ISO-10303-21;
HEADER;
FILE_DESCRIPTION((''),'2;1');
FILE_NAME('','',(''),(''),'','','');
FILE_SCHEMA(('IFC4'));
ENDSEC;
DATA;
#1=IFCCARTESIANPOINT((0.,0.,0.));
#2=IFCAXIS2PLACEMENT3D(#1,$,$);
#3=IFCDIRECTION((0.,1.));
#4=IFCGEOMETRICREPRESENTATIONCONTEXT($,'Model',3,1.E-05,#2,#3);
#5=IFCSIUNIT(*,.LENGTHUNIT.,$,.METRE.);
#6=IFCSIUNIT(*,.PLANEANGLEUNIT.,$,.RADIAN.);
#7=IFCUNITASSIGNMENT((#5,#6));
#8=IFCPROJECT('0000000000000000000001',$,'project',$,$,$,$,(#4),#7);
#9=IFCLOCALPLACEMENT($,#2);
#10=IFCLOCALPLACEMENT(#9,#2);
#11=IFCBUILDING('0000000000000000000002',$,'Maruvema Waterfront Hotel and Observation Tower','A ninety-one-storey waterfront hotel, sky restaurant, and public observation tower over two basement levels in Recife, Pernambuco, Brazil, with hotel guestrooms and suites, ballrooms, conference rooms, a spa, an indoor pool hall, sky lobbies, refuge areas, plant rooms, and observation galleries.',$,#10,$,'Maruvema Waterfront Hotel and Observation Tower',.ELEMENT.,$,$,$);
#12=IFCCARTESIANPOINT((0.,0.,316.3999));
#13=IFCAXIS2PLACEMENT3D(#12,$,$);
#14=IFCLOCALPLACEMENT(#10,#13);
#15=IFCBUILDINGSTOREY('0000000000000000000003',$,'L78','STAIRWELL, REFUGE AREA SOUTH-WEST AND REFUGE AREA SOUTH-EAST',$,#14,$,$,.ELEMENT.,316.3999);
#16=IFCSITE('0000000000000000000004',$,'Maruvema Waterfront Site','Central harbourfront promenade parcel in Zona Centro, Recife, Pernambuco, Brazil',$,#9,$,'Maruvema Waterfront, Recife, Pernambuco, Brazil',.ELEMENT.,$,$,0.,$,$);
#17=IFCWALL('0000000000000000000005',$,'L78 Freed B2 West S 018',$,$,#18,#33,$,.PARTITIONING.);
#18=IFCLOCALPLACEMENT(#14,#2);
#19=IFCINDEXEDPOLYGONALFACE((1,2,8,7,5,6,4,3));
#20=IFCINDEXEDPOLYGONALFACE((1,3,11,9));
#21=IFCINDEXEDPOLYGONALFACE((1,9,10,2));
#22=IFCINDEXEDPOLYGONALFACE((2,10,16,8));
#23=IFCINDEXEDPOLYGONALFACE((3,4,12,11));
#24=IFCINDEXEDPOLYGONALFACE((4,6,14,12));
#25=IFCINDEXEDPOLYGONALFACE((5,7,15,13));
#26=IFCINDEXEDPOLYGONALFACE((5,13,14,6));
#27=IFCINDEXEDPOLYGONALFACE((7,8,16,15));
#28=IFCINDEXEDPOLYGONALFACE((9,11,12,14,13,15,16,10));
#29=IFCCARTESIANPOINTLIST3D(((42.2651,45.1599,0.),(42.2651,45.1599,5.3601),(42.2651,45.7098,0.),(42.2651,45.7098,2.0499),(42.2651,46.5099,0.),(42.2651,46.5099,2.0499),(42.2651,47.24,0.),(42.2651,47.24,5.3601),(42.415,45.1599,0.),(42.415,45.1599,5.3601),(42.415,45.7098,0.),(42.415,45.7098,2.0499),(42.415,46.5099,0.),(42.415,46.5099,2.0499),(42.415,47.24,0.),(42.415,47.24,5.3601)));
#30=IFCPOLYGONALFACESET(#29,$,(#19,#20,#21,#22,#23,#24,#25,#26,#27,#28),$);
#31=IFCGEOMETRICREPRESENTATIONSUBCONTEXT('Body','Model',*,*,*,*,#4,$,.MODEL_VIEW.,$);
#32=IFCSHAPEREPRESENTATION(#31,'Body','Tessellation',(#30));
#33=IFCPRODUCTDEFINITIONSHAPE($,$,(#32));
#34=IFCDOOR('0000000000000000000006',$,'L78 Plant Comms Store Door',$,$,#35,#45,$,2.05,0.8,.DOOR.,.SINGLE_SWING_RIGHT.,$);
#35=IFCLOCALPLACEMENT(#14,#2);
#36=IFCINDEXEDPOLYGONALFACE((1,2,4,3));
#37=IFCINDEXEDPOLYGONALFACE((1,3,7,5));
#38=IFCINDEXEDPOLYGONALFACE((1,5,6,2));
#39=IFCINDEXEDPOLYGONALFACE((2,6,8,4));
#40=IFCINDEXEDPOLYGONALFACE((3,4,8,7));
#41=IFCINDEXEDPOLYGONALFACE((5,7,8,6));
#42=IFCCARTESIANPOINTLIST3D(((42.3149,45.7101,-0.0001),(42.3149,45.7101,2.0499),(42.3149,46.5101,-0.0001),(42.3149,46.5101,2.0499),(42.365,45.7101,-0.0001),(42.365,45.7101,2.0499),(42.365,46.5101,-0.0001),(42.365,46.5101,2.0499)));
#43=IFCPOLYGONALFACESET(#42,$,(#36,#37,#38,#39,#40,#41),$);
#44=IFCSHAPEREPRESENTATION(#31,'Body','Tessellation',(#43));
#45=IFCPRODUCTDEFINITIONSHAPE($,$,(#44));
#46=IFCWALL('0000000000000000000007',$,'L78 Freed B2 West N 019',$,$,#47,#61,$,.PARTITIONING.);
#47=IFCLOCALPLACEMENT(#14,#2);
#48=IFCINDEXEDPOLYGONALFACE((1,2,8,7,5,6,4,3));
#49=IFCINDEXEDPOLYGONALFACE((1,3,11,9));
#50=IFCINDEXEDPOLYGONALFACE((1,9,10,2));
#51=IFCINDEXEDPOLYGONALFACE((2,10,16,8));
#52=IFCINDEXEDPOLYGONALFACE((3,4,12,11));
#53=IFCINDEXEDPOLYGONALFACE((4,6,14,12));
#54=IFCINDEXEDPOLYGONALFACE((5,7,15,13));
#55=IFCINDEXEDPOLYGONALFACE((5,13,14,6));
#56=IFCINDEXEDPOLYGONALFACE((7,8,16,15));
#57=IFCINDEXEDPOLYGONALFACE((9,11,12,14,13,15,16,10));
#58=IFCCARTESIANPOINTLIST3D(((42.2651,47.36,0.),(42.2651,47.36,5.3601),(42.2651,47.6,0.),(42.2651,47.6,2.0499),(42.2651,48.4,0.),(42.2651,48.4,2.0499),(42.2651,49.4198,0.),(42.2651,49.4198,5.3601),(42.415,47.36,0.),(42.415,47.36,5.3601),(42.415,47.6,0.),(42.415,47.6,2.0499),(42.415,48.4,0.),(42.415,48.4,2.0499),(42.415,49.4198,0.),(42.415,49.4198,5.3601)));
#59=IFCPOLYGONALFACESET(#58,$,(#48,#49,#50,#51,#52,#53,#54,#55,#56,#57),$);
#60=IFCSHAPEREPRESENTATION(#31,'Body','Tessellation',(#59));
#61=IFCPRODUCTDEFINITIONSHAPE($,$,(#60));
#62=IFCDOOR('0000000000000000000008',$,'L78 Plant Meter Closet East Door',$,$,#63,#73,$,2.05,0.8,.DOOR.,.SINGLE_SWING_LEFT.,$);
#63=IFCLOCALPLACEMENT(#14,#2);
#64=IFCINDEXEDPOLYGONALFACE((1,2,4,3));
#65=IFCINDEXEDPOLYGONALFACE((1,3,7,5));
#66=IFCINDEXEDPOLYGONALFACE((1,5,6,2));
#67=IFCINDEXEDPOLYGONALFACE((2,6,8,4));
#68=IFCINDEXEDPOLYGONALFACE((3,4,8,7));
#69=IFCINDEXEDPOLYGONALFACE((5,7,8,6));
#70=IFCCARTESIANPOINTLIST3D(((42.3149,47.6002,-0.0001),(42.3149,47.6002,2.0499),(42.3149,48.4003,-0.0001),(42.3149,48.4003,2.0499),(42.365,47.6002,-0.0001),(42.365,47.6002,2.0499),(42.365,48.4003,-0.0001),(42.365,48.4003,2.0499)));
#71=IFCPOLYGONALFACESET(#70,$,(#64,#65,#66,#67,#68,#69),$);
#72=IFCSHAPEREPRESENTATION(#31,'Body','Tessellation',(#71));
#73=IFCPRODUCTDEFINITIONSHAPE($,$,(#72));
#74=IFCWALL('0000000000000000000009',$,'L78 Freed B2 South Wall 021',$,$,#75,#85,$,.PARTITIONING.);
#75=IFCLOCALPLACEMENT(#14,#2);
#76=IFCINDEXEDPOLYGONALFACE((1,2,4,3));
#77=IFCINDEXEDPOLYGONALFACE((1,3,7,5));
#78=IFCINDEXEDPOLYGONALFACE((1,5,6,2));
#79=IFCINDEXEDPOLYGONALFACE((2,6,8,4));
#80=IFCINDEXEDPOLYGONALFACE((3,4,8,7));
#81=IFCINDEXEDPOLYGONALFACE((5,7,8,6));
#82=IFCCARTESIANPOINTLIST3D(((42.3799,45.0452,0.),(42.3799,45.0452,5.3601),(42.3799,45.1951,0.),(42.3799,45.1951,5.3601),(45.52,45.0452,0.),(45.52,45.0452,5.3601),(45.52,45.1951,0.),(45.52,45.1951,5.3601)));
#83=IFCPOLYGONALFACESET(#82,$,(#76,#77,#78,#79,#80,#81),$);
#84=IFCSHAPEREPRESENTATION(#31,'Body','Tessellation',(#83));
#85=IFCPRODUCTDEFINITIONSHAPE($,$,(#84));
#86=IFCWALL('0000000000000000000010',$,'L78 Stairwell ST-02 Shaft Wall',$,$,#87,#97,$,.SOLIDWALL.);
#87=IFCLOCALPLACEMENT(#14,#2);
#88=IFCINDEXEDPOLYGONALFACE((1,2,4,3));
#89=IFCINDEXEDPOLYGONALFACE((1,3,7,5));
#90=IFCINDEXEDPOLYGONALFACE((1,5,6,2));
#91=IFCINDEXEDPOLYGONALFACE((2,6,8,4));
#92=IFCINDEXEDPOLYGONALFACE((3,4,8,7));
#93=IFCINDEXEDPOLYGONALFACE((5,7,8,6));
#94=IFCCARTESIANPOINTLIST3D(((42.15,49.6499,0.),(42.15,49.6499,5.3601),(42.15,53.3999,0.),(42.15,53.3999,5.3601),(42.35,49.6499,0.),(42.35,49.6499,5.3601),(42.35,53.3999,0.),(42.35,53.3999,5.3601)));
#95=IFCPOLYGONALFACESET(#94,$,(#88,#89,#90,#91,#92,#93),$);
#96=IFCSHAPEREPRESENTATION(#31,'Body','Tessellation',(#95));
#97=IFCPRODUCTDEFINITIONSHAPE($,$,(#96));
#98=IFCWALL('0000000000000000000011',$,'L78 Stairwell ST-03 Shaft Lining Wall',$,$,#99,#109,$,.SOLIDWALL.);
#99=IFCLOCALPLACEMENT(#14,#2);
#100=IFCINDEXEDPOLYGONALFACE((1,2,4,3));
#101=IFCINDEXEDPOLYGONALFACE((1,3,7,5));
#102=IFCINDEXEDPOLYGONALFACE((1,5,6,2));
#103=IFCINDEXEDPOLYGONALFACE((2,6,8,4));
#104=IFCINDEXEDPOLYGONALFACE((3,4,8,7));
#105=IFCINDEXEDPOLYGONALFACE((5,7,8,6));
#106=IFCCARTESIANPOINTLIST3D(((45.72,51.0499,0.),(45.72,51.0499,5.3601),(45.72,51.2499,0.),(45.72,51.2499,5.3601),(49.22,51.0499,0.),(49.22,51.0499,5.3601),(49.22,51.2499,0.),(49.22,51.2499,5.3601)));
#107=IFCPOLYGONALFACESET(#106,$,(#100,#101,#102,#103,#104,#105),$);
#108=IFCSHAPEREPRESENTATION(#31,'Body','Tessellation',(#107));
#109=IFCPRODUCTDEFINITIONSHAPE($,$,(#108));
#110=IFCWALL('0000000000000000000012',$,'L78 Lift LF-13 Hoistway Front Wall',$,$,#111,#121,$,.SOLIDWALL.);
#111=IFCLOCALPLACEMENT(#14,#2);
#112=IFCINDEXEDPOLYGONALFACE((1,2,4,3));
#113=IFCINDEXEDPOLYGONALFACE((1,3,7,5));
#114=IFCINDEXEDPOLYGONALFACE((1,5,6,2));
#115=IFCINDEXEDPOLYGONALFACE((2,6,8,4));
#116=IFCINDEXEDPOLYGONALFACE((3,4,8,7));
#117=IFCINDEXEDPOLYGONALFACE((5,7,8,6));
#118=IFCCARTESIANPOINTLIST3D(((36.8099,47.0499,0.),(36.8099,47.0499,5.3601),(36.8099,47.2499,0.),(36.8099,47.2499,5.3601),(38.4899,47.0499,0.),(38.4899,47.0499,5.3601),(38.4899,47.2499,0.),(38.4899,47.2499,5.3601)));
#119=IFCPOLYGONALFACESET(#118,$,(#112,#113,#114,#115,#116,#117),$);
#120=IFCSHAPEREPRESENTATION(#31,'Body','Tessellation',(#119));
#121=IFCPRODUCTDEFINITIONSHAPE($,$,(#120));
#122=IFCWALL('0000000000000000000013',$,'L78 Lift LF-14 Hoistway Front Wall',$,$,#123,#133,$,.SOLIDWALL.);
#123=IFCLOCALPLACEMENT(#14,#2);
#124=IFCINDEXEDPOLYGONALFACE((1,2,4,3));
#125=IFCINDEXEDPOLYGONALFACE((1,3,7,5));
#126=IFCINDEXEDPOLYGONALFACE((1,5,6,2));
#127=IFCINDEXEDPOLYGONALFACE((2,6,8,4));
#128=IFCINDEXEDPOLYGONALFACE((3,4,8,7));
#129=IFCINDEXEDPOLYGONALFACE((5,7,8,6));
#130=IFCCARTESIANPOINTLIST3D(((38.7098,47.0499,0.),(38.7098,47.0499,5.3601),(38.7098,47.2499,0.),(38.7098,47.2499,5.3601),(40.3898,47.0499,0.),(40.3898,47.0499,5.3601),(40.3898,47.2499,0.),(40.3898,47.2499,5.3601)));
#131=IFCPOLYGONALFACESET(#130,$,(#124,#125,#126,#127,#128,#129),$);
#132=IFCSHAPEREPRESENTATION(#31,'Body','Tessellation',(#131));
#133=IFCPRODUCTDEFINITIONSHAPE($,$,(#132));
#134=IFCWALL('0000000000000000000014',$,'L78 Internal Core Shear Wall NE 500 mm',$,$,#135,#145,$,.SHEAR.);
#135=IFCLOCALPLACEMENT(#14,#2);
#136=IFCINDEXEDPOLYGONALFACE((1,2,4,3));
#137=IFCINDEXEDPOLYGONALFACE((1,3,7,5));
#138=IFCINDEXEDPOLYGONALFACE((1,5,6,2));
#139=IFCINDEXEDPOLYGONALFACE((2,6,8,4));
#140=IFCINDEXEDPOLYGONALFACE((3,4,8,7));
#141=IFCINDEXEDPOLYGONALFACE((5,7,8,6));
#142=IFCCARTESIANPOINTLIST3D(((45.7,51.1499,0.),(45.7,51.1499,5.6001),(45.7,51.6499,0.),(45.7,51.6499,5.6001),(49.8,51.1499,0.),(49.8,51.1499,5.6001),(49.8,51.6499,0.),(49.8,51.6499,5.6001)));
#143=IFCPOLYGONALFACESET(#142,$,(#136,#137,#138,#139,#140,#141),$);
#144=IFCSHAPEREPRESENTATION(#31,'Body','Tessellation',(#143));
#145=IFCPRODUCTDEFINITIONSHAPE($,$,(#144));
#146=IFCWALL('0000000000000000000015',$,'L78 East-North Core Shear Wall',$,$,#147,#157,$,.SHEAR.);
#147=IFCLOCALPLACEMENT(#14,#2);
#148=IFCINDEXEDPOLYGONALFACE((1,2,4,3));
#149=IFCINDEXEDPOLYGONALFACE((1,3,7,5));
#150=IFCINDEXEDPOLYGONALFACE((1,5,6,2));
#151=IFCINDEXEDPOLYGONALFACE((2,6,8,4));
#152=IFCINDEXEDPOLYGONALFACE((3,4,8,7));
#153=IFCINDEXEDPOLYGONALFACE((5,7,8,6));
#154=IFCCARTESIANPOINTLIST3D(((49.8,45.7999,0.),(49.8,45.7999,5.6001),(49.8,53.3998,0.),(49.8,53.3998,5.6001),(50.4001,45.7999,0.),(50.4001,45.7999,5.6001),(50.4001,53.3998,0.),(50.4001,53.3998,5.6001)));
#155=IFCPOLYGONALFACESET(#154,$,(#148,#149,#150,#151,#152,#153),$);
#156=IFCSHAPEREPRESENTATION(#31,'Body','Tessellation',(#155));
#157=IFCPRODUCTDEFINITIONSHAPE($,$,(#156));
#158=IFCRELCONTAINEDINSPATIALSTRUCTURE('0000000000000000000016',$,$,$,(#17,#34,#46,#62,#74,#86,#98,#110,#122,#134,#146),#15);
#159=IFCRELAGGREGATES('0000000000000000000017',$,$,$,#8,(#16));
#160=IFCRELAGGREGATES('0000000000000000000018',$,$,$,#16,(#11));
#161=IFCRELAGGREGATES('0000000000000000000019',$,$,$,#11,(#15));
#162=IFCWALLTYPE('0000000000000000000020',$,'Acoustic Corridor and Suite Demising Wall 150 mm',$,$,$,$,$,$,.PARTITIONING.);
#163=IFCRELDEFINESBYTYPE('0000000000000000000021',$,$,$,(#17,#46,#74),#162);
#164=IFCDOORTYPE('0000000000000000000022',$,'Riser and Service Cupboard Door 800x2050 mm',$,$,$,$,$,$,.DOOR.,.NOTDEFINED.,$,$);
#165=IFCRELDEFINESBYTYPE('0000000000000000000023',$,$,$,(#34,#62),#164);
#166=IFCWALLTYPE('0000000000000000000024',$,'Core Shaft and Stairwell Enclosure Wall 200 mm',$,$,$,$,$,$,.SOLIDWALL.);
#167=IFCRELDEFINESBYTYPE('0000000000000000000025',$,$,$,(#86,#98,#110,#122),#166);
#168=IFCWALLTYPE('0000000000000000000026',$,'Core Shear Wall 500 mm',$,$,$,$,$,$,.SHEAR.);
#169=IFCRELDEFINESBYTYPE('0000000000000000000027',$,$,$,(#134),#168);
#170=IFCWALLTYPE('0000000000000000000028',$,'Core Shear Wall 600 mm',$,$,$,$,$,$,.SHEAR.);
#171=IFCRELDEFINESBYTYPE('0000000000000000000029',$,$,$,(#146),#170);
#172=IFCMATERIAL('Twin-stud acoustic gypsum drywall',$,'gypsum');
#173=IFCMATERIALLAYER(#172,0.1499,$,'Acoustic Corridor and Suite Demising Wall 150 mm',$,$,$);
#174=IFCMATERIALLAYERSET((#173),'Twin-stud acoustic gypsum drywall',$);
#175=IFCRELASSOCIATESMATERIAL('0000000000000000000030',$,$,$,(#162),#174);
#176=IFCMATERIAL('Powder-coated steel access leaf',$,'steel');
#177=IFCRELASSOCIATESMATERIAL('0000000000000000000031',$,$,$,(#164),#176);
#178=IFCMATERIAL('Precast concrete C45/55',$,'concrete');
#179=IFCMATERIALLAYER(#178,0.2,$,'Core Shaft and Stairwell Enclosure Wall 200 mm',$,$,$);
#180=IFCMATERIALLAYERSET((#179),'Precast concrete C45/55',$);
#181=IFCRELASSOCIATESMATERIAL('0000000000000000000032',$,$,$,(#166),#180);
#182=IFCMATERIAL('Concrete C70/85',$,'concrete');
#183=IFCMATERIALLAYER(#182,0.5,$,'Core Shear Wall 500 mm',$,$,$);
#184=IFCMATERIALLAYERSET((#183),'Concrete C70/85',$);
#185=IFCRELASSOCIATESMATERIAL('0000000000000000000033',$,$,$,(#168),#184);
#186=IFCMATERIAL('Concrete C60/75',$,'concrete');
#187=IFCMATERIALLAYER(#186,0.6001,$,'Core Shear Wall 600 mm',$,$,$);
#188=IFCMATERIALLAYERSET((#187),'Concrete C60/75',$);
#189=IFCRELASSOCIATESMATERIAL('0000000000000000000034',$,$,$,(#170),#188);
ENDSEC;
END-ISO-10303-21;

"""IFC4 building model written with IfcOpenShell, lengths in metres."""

from ifc_helpers import new_model, si_unit, direction, frame, frame_2d, origin, place, context, subcontext, project, spatial, rectangle, extrude, material, layer, layer_set, type_object, element, fill, save


model = new_model("IFC4")

# Units and contexts
model_context = context("Model", 3, precision=1e-05, world=origin(), true_north=direction((0.0, 1.0)))
body_context = subcontext(model_context, "Body", "Model", "MODEL_VIEW")
ifc_project = project(units=[si_unit("LENGTHUNIT", "METRE"), si_unit("PLANEANGLEUNIT", "RADIAN")], contexts=[model_context])

# Site, building, storey
site_placement = place(None, origin())
site = spatial("IfcSite", under=ifc_project, at=site_placement, Name="Maruvema Waterfront Site", Description="Central harbourfront promenade parcel in Zona Centro, Recife, Pernambuco, Brazil", LongName="Maruvema Waterfront, Recife, Pernambuco, Brazil", CompositionType="ELEMENT", RefElevation=0.0)
building_placement = place(site_placement, origin())
building = spatial("IfcBuilding", under=site, at=building_placement, Name="Maruvema Waterfront Hotel and Observation Tower", Description="A ninety-one-storey waterfront hotel, sky restaurant, and public observation tower over two basement levels in Recife, Pernambuco, Brazil, with hotel guestrooms and suites, ballrooms, conference rooms, a spa, an indoor pool hall, sky lobbies, refuge areas, plant rooms, and observation galleries.", LongName="Maruvema Waterfront Hotel and Observation Tower", CompositionType="ELEMENT")
storey_placement = place(building_placement, frame((0.0, 0.0, 316.3999)))
storey = spatial("IfcBuildingStorey", under=building, at=storey_placement, Name="L78", Description="STAIRWELL, REFUGE AREA SOUTH-WEST AND REFUGE AREA SOUTH-EAST", CompositionType="ELEMENT", Elevation=316.3999)

# Walls, openings, doors
ifc_material_1 = material(Name="Twin-stud acoustic gypsum drywall", Category="gypsum")
ifc_layer_1 = layer(ifc_material_1, 0.1499, Name="Acoustic Corridor and Suite Demising Wall 150 mm")
ifc_layer_set_1 = layer_set([ifc_layer_1], Name="Twin-stud acoustic gypsum drywall")
wall_type_1 = type_object("IfcWallType", Name="Acoustic Corridor and Suite Demising Wall 150 mm", PredefinedType="PARTITIONING", material=ifc_layer_set_1)
wall_1_placement = place(storey_placement, frame((42.3401, 45.1599, 0.0), z_axis=(0.0, 0.0, 1.0), x_axis=(0.0, 1.0, 0.0)))
wall_1 = element("IfcWall", 1, at=wall_1_placement, inside=storey, type_object=wall_type_1, Name="L78 Freed B2 West S 018", PredefinedType="PARTITIONING", context=body_context, shape_type="SweptSolid", body=[
    extrude(rectangle(XDim=2.0801, YDim=0.1499, at=frame_2d((1.04, 0.0))), origin(), (0.0, 0.0, 1.0), 5.3601),
])
opening_1_placement = place(wall_1_placement, frame((0.55, 0.0, 0.0)))
opening_1 = element("IfcOpeningElement", 2, at=opening_1_placement, cuts=wall_1, PredefinedType="OPENING", context=body_context, shape_type="SweptSolid", body=[
    extrude(rectangle(XDim=0.8, YDim=2.05, at=frame_2d((0.3999, 1.0249))), frame((0.0, 0.085, 0.0), z_axis=(0.0, -1.0, 0.0), x_axis=(1.0, 0.0, 0.0)), (0.0, 0.0, 1.0), 0.1699),
])
ifc_material_2 = material(Name="Powder-coated steel access leaf", Category="steel")
door_type = type_object("IfcDoorType", Name="Riser and Service Cupboard Door 800x2050 mm", OperationType="NOTDEFINED", PredefinedType="DOOR", material=ifc_material_2)
door_1_placement = place(opening_1_placement, frame((0.8, 0.0, 0.0), z_axis=(0.0, 0.0, 1.0), x_axis=(-1.0, 0.0, 0.0)))
door_1 = element("IfcDoor", 3, at=door_1_placement, inside=storey, type_object=door_type, Name="L78 Plant Comms Store Door", OperationType="SINGLE_SWING_RIGHT", OverallHeight=2.05, OverallWidth=0.8, PredefinedType="DOOR", context=body_context, shape_type="SweptSolid", body=[
    extrude(rectangle(XDim=0.8, YDim=2.05, at=frame_2d((0.3999, 1.0249))), frame((0.0, 0.0249, 0.0), z_axis=(0.0, -1.0, 0.0), x_axis=(1.0, 0.0, 0.0)), (0.0, 0.0, 1.0), 0.05),
])
fill(opening_1, door_1)
wall_2_placement = place(storey_placement, frame((42.3401, 47.3601, 0.0), z_axis=(0.0, 0.0, 1.0), x_axis=(0.0, 1.0, 0.0)))
wall_2 = element("IfcWall", 4, at=wall_2_placement, inside=storey, type_object=wall_type_1, Name="L78 Freed B2 West N 019", PredefinedType="PARTITIONING", context=body_context, shape_type="SweptSolid", body=[
    extrude(rectangle(XDim=2.0598, YDim=0.1499, at=frame_2d((1.0298, 0.0))), origin(), (0.0, 0.0, 1.0), 5.3601),
])
opening_2_placement = place(wall_2_placement, frame((0.24, 0.0, 0.0)))
opening_2 = element("IfcOpeningElement", 5, at=opening_2_placement, cuts=wall_2, PredefinedType="OPENING", context=body_context, shape_type="SweptSolid", body=[
    extrude(rectangle(XDim=0.8, YDim=2.05, at=frame_2d((0.3999, 1.0249))), frame((0.0, 0.085, 0.0), z_axis=(0.0, -1.0, 0.0), x_axis=(1.0, 0.0, 0.0)), (0.0, 0.0, 1.0), 0.1699),
])
door_2_placement = place(opening_2_placement, frame((0.8, 0.0, 0.0), z_axis=(0.0, 0.0, 1.0), x_axis=(-1.0, 0.0, 0.0)))
door_2 = element("IfcDoor", 6, at=door_2_placement, inside=storey, type_object=door_type, Name="L78 Plant Meter Closet East Door", OperationType="SINGLE_SWING_LEFT", OverallHeight=2.05, OverallWidth=0.8, PredefinedType="DOOR", context=body_context, shape_type="SweptSolid", body=[
    extrude(rectangle(XDim=0.8, YDim=2.05, at=frame_2d((0.3999, 1.0249))), frame((0.0, 0.0249, 0.0), z_axis=(0.0, -1.0, 0.0), x_axis=(1.0, 0.0, 0.0)), (0.0, 0.0, 1.0), 0.05),
])
fill(opening_2, door_2)

# Walls
wall_3_placement = place(storey_placement, frame((42.3799, 45.1201, 0.0), z_axis=(0.0, 0.0, 1.0), x_axis=(1.0, 0.0, 0.0)))
element("IfcWall", 7, at=wall_3_placement, inside=storey, type_object=wall_type_1, Name="L78 Freed B2 South Wall 021", PredefinedType="PARTITIONING", context=body_context, shape_type="SweptSolid", body=[
    extrude(rectangle(XDim=3.1401, YDim=0.1499, at=frame_2d((1.5701, 0.0))), origin(), (0.0, 0.0, 1.0), 5.3601),
])
ifc_material_3 = material(Name="Precast concrete C45/55", Category="concrete")
ifc_layer_2 = layer(ifc_material_3, 0.2, Name="Core Shaft and Stairwell Enclosure Wall 200 mm")
ifc_layer_set_2 = layer_set([ifc_layer_2], Name="Precast concrete C45/55")
wall_type_2 = type_object("IfcWallType", Name="Core Shaft and Stairwell Enclosure Wall 200 mm", PredefinedType="SOLIDWALL", material=ifc_layer_set_2)
wall_4_placement = place(storey_placement, frame((42.25, 49.6499, 0.0), z_axis=(0.0, 0.0, 1.0), x_axis=(0.0, 1.0, 0.0)))
element("IfcWall", 8, at=wall_4_placement, inside=storey, type_object=wall_type_2, Name="L78 Stairwell ST-02 Shaft Wall", PredefinedType="SOLIDWALL", context=body_context, shape_type="SweptSolid", body=[
    extrude(rectangle(XDim=3.75, YDim=0.2, at=frame_2d((1.875, 0.0))), origin(), (0.0, 0.0, 1.0), 5.3601),
])
wall_5_placement = place(storey_placement, frame((45.72, 51.1499, 0.0), z_axis=(0.0, 0.0, 1.0), x_axis=(1.0, 0.0, 0.0)))
element("IfcWall", 9, at=wall_5_placement, inside=storey, type_object=wall_type_2, Name="L78 Stairwell ST-03 Shaft Lining Wall", PredefinedType="SOLIDWALL", context=body_context, shape_type="SweptSolid", body=[
    extrude(rectangle(XDim=3.5, YDim=0.2, at=frame_2d((1.75, 0.0))), origin(), (0.0, 0.0, 1.0), 5.3601),
])
for number, where, z_axis, x_axis, name in (
    (10, (36.8101, 47.1499, 0.0), (0.0, 0.0, 1.0), (1.0, 0.0, 0.0), "L78 Lift LF-13 Hoistway Front Wall"),
    (11, (38.71, 47.1499, 0.0), (0.0, 0.0, 1.0), (1.0, 0.0, 0.0), "L78 Lift LF-14 Hoistway Front Wall"),
):
    element("IfcWall", number, at=place(storey_placement, frame(where, z_axis=z_axis, x_axis=x_axis)), inside=storey, type_object=wall_type_2, Name=name, PredefinedType="SOLIDWALL", context=body_context, shape_type="SweptSolid", body=[
        extrude(rectangle(XDim=1.6799, YDim=0.2, at=frame_2d((0.8398, 0.0))), origin(), (0.0, 0.0, 1.0), 5.3601),
    ])
ifc_material_4 = material(Name="Concrete C70/85", Category="concrete")
ifc_layer_3 = layer(ifc_material_4, 0.5, Name="Core Shear Wall 500 mm")
ifc_layer_set_3 = layer_set([ifc_layer_3], Name="Concrete C70/85")
wall_type_3 = type_object("IfcWallType", Name="Core Shear Wall 500 mm", PredefinedType="SHEAR", material=ifc_layer_set_3)
wall_6_placement = place(storey_placement, frame((45.7, 51.3999, 0.0), z_axis=(0.0, 0.0, 1.0), x_axis=(1.0, 0.0, 0.0)))
element("IfcWall", 12, at=wall_6_placement, inside=storey, type_object=wall_type_3, Name="L78 Internal Core Shear Wall NE 500 mm", PredefinedType="SHEAR", context=body_context, shape_type="SweptSolid", body=[
    extrude(rectangle(XDim=4.1001, YDim=0.5, at=frame_2d((2.05, 0.0))), origin(), (0.0, 0.0, 1.0), 5.6001),
])
ifc_material_5 = material(Name="Concrete C60/75", Category="concrete")
ifc_layer_4 = layer(ifc_material_5, 0.6001, Name="Core Shear Wall 600 mm")
ifc_layer_set_4 = layer_set([ifc_layer_4], Name="Concrete C60/75")
wall_type_4 = type_object("IfcWallType", Name="Core Shear Wall 600 mm", PredefinedType="SHEAR", material=ifc_layer_set_4)
wall_7_placement = place(storey_placement, frame((50.1001, 45.8, 0.0), z_axis=(0.0, 0.0, 1.0), x_axis=(0.0, 1.0, 0.0)))
element("IfcWall", 13, at=wall_7_placement, inside=storey, type_object=wall_type_4, Name="L78 East-North Core Shear Wall", PredefinedType="SHEAR", context=body_context, shape_type="SweptSolid", body=[
    extrude(rectangle(XDim=7.5999, YDim=0.6001, at=frame_2d((3.7998, 0.0))), origin(), (0.0, 0.0, 1.0), 5.6001),
])

save(model, "model.ifc")
